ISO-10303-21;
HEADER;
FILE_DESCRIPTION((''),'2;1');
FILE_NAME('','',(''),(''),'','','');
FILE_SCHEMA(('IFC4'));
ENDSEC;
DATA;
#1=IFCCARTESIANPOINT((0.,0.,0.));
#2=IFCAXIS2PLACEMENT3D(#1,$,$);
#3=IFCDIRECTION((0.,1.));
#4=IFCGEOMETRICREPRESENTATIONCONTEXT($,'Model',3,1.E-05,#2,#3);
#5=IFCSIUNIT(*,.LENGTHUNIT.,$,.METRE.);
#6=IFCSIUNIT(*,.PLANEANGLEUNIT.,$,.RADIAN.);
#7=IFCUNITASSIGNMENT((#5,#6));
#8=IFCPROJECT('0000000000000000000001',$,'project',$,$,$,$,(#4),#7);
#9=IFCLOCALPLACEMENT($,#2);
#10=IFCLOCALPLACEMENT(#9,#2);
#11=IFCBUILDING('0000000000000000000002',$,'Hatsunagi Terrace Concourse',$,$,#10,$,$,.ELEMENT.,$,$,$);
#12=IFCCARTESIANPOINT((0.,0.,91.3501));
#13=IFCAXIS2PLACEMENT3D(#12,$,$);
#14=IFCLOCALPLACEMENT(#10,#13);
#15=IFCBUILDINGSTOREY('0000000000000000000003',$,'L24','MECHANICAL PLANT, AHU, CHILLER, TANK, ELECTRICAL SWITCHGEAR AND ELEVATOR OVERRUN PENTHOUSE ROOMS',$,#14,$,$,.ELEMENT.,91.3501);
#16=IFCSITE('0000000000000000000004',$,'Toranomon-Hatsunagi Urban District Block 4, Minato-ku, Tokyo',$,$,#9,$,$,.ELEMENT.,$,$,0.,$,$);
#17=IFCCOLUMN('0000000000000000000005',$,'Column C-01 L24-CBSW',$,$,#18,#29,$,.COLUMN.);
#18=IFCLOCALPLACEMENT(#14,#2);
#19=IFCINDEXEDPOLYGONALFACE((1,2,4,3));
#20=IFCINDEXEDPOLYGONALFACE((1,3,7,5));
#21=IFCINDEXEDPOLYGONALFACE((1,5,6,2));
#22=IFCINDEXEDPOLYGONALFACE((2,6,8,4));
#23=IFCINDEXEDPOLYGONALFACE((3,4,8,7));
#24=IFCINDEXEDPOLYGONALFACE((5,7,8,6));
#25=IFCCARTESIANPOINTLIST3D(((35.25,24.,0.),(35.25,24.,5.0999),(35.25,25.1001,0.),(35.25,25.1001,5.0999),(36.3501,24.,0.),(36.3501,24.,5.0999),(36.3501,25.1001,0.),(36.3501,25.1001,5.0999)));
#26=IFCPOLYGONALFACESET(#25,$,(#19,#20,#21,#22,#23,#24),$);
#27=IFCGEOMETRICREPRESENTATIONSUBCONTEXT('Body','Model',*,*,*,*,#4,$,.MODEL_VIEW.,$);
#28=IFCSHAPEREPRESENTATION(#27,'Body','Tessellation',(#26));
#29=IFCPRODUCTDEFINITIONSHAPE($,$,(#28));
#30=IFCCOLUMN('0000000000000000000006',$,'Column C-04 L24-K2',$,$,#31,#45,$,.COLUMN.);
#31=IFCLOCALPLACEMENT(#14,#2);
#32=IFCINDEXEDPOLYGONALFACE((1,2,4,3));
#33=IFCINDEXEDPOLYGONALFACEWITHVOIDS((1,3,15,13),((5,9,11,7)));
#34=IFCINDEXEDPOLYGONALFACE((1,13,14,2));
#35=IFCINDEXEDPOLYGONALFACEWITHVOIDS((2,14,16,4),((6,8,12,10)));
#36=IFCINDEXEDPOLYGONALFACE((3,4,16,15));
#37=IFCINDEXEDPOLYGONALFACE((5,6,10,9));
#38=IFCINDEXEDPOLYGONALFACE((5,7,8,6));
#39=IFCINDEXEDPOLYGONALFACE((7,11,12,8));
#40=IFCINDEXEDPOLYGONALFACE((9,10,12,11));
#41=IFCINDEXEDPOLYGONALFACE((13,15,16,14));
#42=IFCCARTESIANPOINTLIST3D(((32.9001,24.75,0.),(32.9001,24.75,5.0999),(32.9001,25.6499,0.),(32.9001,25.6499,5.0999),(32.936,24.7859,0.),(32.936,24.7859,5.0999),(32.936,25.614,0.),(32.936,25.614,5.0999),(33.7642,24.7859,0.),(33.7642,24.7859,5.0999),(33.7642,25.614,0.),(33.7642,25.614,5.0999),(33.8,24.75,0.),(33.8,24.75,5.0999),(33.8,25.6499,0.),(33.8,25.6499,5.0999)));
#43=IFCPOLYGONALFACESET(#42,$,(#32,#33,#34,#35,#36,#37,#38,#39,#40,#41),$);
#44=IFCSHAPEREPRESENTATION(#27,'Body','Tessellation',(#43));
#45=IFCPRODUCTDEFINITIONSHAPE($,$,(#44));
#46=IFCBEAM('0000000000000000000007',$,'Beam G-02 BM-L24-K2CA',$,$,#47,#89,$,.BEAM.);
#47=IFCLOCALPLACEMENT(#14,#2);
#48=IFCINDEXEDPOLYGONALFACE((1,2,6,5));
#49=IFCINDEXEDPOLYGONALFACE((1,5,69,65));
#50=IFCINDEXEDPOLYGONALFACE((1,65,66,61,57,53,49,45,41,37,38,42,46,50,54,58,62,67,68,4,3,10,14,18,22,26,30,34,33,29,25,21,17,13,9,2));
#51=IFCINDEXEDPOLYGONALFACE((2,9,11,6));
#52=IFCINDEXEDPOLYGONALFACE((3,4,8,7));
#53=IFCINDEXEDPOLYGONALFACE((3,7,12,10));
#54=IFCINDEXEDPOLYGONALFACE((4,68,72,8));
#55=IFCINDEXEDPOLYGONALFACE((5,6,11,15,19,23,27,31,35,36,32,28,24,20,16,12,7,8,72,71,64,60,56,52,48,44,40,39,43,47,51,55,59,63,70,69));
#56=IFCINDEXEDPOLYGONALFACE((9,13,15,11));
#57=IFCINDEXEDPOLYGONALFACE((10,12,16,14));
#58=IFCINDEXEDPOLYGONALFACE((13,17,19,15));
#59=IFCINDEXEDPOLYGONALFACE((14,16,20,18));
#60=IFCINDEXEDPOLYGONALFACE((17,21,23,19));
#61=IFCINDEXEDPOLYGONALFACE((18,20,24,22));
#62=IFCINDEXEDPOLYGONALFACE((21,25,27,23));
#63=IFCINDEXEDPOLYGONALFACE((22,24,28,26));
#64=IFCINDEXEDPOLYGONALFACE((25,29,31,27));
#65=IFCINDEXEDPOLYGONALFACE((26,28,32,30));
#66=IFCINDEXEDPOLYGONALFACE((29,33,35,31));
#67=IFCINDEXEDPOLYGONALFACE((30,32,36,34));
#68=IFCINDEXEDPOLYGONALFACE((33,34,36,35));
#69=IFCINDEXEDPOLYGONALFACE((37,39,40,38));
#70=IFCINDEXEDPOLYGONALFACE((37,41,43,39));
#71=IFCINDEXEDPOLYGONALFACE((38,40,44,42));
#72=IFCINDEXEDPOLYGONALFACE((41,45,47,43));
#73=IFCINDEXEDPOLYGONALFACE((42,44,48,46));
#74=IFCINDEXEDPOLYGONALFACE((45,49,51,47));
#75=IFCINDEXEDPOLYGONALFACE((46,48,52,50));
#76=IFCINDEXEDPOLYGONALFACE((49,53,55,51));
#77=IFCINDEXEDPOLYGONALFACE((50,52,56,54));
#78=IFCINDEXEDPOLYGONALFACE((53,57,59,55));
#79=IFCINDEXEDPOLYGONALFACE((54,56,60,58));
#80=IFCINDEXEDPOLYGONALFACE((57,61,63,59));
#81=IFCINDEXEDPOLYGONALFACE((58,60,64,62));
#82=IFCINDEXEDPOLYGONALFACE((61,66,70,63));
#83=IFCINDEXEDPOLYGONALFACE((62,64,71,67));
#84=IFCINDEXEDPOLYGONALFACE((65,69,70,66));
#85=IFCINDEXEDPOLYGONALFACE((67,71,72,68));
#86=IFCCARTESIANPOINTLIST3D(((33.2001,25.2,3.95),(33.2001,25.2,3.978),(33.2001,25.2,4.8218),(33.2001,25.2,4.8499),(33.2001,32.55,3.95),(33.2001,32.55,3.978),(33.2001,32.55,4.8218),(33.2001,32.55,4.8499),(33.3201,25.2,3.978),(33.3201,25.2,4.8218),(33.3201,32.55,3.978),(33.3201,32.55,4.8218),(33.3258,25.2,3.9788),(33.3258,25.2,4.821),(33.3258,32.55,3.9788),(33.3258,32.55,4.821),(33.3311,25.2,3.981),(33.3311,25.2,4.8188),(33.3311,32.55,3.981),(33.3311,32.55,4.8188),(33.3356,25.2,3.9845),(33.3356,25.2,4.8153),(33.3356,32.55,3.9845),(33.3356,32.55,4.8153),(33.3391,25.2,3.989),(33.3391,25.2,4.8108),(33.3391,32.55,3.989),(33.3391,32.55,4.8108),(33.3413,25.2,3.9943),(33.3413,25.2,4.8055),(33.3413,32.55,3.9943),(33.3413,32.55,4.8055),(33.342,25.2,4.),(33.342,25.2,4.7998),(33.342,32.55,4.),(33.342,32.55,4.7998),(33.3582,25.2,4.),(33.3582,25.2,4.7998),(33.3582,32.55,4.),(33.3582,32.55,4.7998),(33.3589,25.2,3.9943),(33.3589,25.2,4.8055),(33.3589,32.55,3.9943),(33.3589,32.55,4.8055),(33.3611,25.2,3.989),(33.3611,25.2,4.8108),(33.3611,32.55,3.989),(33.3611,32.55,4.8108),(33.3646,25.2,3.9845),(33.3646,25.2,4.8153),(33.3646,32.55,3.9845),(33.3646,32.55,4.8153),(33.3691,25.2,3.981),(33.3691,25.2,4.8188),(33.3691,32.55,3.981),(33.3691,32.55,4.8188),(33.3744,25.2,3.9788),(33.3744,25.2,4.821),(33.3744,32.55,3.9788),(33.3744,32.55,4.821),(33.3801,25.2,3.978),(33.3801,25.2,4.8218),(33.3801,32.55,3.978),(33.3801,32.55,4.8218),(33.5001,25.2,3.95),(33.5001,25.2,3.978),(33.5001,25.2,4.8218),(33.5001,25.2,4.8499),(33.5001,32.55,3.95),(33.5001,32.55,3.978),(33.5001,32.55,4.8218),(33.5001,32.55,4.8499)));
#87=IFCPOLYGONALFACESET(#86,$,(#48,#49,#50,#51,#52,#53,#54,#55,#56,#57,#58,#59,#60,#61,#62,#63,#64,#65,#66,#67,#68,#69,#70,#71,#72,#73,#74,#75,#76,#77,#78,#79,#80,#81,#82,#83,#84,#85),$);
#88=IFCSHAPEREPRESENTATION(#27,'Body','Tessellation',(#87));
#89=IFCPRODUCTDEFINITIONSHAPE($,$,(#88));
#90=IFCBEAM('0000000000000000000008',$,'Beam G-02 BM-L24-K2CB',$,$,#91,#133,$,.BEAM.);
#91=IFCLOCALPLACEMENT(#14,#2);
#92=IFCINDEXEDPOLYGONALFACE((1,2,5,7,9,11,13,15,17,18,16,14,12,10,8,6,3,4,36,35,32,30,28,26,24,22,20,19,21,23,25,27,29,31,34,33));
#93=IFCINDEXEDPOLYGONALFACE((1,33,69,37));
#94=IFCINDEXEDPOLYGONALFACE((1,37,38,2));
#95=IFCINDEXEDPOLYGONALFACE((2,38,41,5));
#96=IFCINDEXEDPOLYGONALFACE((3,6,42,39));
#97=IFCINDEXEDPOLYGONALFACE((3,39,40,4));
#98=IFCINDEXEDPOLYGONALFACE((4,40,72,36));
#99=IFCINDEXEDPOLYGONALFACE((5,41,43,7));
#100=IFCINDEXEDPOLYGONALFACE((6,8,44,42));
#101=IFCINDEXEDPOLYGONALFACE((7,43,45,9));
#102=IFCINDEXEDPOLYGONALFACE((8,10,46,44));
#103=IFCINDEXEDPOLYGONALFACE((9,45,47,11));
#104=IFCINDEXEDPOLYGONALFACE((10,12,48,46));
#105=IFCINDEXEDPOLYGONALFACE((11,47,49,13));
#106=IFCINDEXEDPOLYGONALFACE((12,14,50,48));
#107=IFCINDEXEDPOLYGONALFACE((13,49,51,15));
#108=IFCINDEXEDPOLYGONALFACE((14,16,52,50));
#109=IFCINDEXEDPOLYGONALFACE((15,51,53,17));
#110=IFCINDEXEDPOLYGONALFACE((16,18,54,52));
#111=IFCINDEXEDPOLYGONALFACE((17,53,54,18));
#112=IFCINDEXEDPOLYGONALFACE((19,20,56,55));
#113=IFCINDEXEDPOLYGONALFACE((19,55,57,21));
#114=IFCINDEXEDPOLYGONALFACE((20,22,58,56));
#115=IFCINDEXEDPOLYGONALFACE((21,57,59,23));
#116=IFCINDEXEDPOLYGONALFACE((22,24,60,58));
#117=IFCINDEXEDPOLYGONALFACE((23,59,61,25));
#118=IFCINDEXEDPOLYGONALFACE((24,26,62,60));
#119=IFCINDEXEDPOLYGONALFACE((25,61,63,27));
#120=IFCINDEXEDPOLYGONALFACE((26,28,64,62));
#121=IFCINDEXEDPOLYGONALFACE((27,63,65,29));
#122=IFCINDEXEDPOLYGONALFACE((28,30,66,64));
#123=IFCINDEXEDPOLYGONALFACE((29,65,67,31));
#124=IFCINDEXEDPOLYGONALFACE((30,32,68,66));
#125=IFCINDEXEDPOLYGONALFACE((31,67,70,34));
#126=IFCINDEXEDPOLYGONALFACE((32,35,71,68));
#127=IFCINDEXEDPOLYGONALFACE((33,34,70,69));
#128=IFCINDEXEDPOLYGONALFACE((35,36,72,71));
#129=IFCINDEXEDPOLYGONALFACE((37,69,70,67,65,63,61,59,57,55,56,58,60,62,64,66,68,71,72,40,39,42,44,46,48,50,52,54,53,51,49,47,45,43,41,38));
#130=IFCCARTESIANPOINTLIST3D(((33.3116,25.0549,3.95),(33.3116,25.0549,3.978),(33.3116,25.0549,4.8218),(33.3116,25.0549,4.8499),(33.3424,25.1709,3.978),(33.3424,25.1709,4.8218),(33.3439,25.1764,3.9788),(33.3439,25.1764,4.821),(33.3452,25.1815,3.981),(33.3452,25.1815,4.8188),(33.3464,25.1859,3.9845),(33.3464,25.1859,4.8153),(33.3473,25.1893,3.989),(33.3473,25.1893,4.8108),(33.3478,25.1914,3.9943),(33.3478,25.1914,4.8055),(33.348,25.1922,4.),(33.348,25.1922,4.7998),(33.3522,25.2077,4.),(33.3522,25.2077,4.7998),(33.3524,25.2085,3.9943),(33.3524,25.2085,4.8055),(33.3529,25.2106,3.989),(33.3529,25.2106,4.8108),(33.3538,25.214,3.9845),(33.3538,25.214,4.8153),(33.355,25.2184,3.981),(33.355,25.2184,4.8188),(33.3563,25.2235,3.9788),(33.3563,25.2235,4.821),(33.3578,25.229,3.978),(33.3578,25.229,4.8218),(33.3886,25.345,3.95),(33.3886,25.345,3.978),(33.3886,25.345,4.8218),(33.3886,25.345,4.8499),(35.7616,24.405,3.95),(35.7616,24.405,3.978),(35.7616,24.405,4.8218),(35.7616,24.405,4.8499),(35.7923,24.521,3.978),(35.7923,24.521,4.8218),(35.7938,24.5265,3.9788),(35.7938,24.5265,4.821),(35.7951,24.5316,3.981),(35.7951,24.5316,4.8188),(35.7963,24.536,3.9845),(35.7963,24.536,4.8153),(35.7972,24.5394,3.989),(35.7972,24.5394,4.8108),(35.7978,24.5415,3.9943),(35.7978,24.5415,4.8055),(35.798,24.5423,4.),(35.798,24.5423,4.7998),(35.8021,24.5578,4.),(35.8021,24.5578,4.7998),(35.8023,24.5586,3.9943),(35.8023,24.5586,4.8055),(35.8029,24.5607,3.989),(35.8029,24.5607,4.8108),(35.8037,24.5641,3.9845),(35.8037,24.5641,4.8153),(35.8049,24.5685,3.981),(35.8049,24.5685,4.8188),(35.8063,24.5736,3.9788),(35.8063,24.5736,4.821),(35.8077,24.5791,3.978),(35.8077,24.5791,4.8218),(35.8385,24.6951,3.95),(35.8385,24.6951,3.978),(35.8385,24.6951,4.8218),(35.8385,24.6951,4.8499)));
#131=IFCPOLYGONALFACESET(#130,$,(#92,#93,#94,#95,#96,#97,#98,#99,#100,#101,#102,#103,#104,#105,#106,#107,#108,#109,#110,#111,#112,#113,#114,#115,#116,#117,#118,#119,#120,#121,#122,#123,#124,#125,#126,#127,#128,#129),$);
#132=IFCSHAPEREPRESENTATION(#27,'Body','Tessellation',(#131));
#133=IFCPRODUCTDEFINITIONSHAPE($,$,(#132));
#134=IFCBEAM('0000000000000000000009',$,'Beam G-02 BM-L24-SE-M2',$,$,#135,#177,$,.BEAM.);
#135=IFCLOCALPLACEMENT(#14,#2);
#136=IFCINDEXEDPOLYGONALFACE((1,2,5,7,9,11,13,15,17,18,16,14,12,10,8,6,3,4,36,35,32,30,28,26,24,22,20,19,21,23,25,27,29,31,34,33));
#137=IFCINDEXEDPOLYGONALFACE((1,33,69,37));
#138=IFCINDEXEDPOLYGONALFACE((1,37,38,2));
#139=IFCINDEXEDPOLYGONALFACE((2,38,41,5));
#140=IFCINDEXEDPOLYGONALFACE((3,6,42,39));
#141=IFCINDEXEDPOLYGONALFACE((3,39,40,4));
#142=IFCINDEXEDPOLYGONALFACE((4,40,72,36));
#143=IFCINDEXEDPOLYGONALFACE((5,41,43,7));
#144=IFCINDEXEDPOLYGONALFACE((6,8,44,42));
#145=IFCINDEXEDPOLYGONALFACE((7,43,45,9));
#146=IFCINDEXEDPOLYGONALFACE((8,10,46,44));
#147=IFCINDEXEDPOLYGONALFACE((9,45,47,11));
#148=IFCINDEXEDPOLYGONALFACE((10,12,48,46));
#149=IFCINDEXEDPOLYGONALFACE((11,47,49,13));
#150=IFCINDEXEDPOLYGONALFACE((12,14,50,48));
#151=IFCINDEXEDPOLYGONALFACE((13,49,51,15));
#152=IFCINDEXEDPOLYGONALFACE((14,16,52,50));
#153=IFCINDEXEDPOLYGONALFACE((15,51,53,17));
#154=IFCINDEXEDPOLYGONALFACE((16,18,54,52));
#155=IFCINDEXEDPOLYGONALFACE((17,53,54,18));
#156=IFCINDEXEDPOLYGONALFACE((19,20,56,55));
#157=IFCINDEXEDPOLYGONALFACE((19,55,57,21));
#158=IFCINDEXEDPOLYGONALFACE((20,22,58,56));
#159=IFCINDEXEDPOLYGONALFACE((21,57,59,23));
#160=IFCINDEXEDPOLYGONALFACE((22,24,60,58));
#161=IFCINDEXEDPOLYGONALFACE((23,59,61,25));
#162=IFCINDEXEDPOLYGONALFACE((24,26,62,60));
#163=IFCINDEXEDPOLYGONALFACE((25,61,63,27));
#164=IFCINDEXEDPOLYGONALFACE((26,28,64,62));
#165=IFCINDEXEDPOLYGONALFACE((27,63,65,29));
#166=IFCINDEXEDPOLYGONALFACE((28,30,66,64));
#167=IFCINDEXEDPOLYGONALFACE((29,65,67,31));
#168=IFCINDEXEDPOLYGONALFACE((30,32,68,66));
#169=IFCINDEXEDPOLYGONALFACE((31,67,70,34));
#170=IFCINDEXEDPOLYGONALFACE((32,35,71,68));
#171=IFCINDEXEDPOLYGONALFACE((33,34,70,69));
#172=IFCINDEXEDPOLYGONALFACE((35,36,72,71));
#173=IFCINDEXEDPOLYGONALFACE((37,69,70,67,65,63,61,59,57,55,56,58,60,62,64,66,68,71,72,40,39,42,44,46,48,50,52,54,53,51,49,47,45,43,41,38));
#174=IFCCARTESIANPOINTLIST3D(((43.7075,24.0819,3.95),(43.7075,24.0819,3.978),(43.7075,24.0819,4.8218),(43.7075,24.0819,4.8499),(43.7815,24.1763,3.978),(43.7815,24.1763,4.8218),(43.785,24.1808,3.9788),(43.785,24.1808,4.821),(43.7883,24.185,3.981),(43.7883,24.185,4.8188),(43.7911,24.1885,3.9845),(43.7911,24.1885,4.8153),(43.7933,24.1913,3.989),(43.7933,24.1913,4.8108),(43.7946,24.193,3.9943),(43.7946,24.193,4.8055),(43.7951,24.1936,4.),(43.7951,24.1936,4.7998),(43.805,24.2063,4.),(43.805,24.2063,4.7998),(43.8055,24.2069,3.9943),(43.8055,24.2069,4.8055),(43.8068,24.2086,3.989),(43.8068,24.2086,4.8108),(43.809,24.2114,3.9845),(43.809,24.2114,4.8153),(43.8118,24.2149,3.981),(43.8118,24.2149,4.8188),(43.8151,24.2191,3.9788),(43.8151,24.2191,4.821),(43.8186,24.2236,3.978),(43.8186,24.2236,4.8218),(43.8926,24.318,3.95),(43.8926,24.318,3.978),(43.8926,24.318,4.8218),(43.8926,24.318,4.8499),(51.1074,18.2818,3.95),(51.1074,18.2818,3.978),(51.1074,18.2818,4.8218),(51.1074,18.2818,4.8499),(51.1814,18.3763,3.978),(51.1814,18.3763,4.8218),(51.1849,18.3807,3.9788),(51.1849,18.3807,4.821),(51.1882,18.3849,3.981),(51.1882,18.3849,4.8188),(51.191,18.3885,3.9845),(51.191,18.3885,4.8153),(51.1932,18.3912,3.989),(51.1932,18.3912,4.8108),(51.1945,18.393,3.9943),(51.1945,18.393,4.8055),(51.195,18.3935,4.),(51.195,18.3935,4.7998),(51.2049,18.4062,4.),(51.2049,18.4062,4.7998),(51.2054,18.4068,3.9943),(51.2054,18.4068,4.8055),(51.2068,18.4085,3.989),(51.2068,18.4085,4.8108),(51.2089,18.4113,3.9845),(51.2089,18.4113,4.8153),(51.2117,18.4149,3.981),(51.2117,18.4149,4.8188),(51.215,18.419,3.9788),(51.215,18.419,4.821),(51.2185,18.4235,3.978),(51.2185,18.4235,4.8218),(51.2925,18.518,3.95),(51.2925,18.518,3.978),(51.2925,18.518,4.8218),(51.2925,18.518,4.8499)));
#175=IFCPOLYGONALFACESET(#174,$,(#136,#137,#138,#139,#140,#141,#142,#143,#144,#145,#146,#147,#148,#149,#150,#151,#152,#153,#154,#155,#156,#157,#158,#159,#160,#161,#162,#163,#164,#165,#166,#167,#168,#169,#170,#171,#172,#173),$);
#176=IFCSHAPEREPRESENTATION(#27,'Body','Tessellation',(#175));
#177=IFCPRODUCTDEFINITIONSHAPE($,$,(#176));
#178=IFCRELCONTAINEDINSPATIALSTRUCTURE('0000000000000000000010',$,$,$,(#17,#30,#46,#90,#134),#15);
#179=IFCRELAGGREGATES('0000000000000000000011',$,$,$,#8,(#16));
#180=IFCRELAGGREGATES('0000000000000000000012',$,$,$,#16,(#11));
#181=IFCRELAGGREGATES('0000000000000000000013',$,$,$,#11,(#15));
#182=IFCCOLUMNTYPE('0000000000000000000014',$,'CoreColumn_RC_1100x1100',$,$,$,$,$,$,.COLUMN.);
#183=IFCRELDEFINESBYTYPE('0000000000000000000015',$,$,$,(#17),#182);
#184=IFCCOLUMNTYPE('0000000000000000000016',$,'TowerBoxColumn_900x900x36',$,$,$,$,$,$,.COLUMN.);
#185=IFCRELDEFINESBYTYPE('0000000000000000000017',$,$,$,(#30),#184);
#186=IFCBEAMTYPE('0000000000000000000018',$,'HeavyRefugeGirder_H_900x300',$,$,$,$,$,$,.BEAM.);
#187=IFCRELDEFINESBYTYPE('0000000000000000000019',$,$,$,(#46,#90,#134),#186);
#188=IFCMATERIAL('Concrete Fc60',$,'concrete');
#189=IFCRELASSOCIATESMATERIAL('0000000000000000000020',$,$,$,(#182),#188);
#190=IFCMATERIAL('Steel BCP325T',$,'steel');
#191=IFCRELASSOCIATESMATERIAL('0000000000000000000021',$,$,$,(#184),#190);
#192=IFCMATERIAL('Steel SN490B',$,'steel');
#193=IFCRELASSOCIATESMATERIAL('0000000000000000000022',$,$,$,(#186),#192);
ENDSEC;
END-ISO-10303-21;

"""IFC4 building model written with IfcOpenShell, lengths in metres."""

from ifc_helpers import new_model, si_unit, direction, frame, origin, origin_2d, place, context, subcontext, project, spatial, rectangle, hollow_rectangle, i_section, extrude, material, material_profile, profile_set, type_object, element, save


model = new_model("IFC4")

# Units and contexts
model_context = context("Model", 3, precision=1e-05, world=origin(), true_north=direction((0.0, 1.0)))
body_context = subcontext(model_context, "Body", "Model", "MODEL_VIEW")
ifc_project = project(units=[si_unit("LENGTHUNIT", "METRE"), si_unit("PLANEANGLEUNIT", "RADIAN")], contexts=[model_context])

# Site, building, storey
site_placement = place(None, origin())
site = spatial("IfcSite", under=ifc_project, at=site_placement, Name="Toranomon-Hatsunagi Urban District Block 4, Minato-ku, Tokyo", CompositionType="ELEMENT", RefElevation=0.0)
building_placement = place(site_placement, origin())
building = spatial("IfcBuilding", under=site, at=building_placement, Name="Hatsunagi Terrace Concourse", CompositionType="ELEMENT")
storey_placement = place(building_placement, frame((0.0, 0.0, 91.3501)))
storey = spatial("IfcBuildingStorey", under=building, at=storey_placement, Name="L24", Description="MECHANICAL PLANT, AHU, CHILLER, TANK, ELECTRICAL SWITCHGEAR AND ELEVATOR OVERRUN PENTHOUSE ROOMS", CompositionType="ELEMENT", Elevation=91.3501)

# Columns
ifc_material_1 = material(Name="Concrete Fc60", Category="concrete")
ifc_material_profile_1 = material_profile(ifc_material_1, rectangle(XDim=1.1001, YDim=1.1001, at=origin_2d()), Name="RC-1100x1100")
ifc_profile_set_1 = profile_set([ifc_material_profile_1], Name="Concrete Fc60")
column_type_1 = type_object("IfcColumnType", Name="CoreColumn_RC_1100x1100", PredefinedType="COLUMN", material=ifc_profile_set_1)
column_1_placement = place(storey_placement, frame((35.8, 24.55, 0.0), z_axis=(0.0, 0.0, 1.0), x_axis=(1.0, 0.0, 0.0)))
element("IfcColumn", 1, at=column_1_placement, inside=storey, type_object=column_type_1, Name="Column C-01 L24-CBSW", PredefinedType="COLUMN", context=body_context, shape_type="SweptSolid", body=[
    extrude(rectangle(XDim=1.1001, YDim=1.1001, at=origin_2d()), origin(), (0.0, 0.0, 1.0), 5.0999),
])
ifc_material_2 = material(Name="Steel BCP325T", Category="steel")
ifc_material_profile_2 = material_profile(ifc_material_2, hollow_rectangle(XDim=0.8999, YDim=0.8999, WallThickness=0.0359, at=origin_2d()), Name="BCP-900x900x36")
ifc_profile_set_2 = profile_set([ifc_material_profile_2], Name="Steel BCP325T")
column_type_2 = type_object("IfcColumnType", Name="TowerBoxColumn_900x900x36", PredefinedType="COLUMN", material=ifc_profile_set_2)
column_2_placement = place(storey_placement, frame((33.3501, 25.2, 0.0), z_axis=(0.0, 0.0, 1.0), x_axis=(1.0, 0.0, 0.0)))
element("IfcColumn", 2, at=column_2_placement, inside=storey, type_object=column_type_2, Name="Column C-04 L24-K2", PredefinedType="COLUMN", context=body_context, shape_type="SweptSolid", body=[
    extrude(hollow_rectangle(XDim=0.8999, YDim=0.8999, WallThickness=0.0359, at=origin_2d()), origin(), (0.0, 0.0, 1.0), 5.0999),
])

# Beams
ifc_material_3 = material(Name="Steel SN490B", Category="steel")
ifc_material_profile_3 = material_profile(ifc_material_3, i_section(OverallWidth=0.3, OverallDepth=0.8999, WebThickness=0.0161, FlangeThickness=0.0281, FilletRadius=0.022, at=origin_2d()), Name="H-900x300x16x28")
ifc_profile_set_3 = profile_set([ifc_material_profile_3], Name="Steel SN490B")
beam_type_1 = type_object("IfcBeamType", Name="HeavyRefugeGirder_H_900x300", PredefinedType="BEAM", material=ifc_profile_set_3)
beam_1_placement = place(storey_placement, frame((33.3501, 25.2, 4.3999), z_axis=(0.0, 1.0, 0.0), x_axis=(-1.0, 0.0, 0.0)))
element("IfcBeam", 3, at=beam_1_placement, inside=storey, type_object=beam_type_1, Name="Beam G-02 BM-L24-K2CA", PredefinedType="BEAM", context=body_context, shape_type="SweptSolid", body=[
    extrude(i_section(OverallWidth=0.3, OverallDepth=0.8999, WebThickness=0.0161, FlangeThickness=0.0281, FilletRadius=0.022, at=origin_2d()), origin(), (0.0, 0.0, 1.0), 7.3501),
])
beam_2_placement = place(storey_placement, frame((33.3501, 25.2, 4.3999), z_axis=(0.96657, -0.256403, 0.0), x_axis=(0.256403, 0.96657, 0.0)))
element("IfcBeam", 4, at=beam_2_placement, inside=storey, type_object=beam_type_1, Name="Beam G-02 BM-L24-K2CB", PredefinedType="BEAM", context=body_context, shape_type="SweptSolid", body=[
    extrude(i_section(OverallWidth=0.3, OverallDepth=0.8999, WebThickness=0.0161, FlangeThickness=0.0281, FilletRadius=0.022, at=origin_2d()), origin(), (0.0, 0.0, 1.0), 2.5347),
])
beam_3_placement = place(storey_placement, frame((43.8, 24.2, 4.3999), z_axis=(0.787049, -0.61689, 0.0), x_axis=(0.61689, 0.787049, 0.0)))
element("IfcBeam", 5, at=beam_3_placement, inside=storey, type_object=beam_type_1, Name="Beam G-02 BM-L24-SE-M2", PredefinedType="BEAM", context=body_context, shape_type="SweptSolid", body=[
    extrude(i_section(OverallWidth=0.3, OverallDepth=0.8999, WebThickness=0.0161, FlangeThickness=0.0281, FilletRadius=0.022, at=origin_2d()), origin(), (0.0, 0.0, 1.0), 9.4021),
])

save(model, "model.ifc")
